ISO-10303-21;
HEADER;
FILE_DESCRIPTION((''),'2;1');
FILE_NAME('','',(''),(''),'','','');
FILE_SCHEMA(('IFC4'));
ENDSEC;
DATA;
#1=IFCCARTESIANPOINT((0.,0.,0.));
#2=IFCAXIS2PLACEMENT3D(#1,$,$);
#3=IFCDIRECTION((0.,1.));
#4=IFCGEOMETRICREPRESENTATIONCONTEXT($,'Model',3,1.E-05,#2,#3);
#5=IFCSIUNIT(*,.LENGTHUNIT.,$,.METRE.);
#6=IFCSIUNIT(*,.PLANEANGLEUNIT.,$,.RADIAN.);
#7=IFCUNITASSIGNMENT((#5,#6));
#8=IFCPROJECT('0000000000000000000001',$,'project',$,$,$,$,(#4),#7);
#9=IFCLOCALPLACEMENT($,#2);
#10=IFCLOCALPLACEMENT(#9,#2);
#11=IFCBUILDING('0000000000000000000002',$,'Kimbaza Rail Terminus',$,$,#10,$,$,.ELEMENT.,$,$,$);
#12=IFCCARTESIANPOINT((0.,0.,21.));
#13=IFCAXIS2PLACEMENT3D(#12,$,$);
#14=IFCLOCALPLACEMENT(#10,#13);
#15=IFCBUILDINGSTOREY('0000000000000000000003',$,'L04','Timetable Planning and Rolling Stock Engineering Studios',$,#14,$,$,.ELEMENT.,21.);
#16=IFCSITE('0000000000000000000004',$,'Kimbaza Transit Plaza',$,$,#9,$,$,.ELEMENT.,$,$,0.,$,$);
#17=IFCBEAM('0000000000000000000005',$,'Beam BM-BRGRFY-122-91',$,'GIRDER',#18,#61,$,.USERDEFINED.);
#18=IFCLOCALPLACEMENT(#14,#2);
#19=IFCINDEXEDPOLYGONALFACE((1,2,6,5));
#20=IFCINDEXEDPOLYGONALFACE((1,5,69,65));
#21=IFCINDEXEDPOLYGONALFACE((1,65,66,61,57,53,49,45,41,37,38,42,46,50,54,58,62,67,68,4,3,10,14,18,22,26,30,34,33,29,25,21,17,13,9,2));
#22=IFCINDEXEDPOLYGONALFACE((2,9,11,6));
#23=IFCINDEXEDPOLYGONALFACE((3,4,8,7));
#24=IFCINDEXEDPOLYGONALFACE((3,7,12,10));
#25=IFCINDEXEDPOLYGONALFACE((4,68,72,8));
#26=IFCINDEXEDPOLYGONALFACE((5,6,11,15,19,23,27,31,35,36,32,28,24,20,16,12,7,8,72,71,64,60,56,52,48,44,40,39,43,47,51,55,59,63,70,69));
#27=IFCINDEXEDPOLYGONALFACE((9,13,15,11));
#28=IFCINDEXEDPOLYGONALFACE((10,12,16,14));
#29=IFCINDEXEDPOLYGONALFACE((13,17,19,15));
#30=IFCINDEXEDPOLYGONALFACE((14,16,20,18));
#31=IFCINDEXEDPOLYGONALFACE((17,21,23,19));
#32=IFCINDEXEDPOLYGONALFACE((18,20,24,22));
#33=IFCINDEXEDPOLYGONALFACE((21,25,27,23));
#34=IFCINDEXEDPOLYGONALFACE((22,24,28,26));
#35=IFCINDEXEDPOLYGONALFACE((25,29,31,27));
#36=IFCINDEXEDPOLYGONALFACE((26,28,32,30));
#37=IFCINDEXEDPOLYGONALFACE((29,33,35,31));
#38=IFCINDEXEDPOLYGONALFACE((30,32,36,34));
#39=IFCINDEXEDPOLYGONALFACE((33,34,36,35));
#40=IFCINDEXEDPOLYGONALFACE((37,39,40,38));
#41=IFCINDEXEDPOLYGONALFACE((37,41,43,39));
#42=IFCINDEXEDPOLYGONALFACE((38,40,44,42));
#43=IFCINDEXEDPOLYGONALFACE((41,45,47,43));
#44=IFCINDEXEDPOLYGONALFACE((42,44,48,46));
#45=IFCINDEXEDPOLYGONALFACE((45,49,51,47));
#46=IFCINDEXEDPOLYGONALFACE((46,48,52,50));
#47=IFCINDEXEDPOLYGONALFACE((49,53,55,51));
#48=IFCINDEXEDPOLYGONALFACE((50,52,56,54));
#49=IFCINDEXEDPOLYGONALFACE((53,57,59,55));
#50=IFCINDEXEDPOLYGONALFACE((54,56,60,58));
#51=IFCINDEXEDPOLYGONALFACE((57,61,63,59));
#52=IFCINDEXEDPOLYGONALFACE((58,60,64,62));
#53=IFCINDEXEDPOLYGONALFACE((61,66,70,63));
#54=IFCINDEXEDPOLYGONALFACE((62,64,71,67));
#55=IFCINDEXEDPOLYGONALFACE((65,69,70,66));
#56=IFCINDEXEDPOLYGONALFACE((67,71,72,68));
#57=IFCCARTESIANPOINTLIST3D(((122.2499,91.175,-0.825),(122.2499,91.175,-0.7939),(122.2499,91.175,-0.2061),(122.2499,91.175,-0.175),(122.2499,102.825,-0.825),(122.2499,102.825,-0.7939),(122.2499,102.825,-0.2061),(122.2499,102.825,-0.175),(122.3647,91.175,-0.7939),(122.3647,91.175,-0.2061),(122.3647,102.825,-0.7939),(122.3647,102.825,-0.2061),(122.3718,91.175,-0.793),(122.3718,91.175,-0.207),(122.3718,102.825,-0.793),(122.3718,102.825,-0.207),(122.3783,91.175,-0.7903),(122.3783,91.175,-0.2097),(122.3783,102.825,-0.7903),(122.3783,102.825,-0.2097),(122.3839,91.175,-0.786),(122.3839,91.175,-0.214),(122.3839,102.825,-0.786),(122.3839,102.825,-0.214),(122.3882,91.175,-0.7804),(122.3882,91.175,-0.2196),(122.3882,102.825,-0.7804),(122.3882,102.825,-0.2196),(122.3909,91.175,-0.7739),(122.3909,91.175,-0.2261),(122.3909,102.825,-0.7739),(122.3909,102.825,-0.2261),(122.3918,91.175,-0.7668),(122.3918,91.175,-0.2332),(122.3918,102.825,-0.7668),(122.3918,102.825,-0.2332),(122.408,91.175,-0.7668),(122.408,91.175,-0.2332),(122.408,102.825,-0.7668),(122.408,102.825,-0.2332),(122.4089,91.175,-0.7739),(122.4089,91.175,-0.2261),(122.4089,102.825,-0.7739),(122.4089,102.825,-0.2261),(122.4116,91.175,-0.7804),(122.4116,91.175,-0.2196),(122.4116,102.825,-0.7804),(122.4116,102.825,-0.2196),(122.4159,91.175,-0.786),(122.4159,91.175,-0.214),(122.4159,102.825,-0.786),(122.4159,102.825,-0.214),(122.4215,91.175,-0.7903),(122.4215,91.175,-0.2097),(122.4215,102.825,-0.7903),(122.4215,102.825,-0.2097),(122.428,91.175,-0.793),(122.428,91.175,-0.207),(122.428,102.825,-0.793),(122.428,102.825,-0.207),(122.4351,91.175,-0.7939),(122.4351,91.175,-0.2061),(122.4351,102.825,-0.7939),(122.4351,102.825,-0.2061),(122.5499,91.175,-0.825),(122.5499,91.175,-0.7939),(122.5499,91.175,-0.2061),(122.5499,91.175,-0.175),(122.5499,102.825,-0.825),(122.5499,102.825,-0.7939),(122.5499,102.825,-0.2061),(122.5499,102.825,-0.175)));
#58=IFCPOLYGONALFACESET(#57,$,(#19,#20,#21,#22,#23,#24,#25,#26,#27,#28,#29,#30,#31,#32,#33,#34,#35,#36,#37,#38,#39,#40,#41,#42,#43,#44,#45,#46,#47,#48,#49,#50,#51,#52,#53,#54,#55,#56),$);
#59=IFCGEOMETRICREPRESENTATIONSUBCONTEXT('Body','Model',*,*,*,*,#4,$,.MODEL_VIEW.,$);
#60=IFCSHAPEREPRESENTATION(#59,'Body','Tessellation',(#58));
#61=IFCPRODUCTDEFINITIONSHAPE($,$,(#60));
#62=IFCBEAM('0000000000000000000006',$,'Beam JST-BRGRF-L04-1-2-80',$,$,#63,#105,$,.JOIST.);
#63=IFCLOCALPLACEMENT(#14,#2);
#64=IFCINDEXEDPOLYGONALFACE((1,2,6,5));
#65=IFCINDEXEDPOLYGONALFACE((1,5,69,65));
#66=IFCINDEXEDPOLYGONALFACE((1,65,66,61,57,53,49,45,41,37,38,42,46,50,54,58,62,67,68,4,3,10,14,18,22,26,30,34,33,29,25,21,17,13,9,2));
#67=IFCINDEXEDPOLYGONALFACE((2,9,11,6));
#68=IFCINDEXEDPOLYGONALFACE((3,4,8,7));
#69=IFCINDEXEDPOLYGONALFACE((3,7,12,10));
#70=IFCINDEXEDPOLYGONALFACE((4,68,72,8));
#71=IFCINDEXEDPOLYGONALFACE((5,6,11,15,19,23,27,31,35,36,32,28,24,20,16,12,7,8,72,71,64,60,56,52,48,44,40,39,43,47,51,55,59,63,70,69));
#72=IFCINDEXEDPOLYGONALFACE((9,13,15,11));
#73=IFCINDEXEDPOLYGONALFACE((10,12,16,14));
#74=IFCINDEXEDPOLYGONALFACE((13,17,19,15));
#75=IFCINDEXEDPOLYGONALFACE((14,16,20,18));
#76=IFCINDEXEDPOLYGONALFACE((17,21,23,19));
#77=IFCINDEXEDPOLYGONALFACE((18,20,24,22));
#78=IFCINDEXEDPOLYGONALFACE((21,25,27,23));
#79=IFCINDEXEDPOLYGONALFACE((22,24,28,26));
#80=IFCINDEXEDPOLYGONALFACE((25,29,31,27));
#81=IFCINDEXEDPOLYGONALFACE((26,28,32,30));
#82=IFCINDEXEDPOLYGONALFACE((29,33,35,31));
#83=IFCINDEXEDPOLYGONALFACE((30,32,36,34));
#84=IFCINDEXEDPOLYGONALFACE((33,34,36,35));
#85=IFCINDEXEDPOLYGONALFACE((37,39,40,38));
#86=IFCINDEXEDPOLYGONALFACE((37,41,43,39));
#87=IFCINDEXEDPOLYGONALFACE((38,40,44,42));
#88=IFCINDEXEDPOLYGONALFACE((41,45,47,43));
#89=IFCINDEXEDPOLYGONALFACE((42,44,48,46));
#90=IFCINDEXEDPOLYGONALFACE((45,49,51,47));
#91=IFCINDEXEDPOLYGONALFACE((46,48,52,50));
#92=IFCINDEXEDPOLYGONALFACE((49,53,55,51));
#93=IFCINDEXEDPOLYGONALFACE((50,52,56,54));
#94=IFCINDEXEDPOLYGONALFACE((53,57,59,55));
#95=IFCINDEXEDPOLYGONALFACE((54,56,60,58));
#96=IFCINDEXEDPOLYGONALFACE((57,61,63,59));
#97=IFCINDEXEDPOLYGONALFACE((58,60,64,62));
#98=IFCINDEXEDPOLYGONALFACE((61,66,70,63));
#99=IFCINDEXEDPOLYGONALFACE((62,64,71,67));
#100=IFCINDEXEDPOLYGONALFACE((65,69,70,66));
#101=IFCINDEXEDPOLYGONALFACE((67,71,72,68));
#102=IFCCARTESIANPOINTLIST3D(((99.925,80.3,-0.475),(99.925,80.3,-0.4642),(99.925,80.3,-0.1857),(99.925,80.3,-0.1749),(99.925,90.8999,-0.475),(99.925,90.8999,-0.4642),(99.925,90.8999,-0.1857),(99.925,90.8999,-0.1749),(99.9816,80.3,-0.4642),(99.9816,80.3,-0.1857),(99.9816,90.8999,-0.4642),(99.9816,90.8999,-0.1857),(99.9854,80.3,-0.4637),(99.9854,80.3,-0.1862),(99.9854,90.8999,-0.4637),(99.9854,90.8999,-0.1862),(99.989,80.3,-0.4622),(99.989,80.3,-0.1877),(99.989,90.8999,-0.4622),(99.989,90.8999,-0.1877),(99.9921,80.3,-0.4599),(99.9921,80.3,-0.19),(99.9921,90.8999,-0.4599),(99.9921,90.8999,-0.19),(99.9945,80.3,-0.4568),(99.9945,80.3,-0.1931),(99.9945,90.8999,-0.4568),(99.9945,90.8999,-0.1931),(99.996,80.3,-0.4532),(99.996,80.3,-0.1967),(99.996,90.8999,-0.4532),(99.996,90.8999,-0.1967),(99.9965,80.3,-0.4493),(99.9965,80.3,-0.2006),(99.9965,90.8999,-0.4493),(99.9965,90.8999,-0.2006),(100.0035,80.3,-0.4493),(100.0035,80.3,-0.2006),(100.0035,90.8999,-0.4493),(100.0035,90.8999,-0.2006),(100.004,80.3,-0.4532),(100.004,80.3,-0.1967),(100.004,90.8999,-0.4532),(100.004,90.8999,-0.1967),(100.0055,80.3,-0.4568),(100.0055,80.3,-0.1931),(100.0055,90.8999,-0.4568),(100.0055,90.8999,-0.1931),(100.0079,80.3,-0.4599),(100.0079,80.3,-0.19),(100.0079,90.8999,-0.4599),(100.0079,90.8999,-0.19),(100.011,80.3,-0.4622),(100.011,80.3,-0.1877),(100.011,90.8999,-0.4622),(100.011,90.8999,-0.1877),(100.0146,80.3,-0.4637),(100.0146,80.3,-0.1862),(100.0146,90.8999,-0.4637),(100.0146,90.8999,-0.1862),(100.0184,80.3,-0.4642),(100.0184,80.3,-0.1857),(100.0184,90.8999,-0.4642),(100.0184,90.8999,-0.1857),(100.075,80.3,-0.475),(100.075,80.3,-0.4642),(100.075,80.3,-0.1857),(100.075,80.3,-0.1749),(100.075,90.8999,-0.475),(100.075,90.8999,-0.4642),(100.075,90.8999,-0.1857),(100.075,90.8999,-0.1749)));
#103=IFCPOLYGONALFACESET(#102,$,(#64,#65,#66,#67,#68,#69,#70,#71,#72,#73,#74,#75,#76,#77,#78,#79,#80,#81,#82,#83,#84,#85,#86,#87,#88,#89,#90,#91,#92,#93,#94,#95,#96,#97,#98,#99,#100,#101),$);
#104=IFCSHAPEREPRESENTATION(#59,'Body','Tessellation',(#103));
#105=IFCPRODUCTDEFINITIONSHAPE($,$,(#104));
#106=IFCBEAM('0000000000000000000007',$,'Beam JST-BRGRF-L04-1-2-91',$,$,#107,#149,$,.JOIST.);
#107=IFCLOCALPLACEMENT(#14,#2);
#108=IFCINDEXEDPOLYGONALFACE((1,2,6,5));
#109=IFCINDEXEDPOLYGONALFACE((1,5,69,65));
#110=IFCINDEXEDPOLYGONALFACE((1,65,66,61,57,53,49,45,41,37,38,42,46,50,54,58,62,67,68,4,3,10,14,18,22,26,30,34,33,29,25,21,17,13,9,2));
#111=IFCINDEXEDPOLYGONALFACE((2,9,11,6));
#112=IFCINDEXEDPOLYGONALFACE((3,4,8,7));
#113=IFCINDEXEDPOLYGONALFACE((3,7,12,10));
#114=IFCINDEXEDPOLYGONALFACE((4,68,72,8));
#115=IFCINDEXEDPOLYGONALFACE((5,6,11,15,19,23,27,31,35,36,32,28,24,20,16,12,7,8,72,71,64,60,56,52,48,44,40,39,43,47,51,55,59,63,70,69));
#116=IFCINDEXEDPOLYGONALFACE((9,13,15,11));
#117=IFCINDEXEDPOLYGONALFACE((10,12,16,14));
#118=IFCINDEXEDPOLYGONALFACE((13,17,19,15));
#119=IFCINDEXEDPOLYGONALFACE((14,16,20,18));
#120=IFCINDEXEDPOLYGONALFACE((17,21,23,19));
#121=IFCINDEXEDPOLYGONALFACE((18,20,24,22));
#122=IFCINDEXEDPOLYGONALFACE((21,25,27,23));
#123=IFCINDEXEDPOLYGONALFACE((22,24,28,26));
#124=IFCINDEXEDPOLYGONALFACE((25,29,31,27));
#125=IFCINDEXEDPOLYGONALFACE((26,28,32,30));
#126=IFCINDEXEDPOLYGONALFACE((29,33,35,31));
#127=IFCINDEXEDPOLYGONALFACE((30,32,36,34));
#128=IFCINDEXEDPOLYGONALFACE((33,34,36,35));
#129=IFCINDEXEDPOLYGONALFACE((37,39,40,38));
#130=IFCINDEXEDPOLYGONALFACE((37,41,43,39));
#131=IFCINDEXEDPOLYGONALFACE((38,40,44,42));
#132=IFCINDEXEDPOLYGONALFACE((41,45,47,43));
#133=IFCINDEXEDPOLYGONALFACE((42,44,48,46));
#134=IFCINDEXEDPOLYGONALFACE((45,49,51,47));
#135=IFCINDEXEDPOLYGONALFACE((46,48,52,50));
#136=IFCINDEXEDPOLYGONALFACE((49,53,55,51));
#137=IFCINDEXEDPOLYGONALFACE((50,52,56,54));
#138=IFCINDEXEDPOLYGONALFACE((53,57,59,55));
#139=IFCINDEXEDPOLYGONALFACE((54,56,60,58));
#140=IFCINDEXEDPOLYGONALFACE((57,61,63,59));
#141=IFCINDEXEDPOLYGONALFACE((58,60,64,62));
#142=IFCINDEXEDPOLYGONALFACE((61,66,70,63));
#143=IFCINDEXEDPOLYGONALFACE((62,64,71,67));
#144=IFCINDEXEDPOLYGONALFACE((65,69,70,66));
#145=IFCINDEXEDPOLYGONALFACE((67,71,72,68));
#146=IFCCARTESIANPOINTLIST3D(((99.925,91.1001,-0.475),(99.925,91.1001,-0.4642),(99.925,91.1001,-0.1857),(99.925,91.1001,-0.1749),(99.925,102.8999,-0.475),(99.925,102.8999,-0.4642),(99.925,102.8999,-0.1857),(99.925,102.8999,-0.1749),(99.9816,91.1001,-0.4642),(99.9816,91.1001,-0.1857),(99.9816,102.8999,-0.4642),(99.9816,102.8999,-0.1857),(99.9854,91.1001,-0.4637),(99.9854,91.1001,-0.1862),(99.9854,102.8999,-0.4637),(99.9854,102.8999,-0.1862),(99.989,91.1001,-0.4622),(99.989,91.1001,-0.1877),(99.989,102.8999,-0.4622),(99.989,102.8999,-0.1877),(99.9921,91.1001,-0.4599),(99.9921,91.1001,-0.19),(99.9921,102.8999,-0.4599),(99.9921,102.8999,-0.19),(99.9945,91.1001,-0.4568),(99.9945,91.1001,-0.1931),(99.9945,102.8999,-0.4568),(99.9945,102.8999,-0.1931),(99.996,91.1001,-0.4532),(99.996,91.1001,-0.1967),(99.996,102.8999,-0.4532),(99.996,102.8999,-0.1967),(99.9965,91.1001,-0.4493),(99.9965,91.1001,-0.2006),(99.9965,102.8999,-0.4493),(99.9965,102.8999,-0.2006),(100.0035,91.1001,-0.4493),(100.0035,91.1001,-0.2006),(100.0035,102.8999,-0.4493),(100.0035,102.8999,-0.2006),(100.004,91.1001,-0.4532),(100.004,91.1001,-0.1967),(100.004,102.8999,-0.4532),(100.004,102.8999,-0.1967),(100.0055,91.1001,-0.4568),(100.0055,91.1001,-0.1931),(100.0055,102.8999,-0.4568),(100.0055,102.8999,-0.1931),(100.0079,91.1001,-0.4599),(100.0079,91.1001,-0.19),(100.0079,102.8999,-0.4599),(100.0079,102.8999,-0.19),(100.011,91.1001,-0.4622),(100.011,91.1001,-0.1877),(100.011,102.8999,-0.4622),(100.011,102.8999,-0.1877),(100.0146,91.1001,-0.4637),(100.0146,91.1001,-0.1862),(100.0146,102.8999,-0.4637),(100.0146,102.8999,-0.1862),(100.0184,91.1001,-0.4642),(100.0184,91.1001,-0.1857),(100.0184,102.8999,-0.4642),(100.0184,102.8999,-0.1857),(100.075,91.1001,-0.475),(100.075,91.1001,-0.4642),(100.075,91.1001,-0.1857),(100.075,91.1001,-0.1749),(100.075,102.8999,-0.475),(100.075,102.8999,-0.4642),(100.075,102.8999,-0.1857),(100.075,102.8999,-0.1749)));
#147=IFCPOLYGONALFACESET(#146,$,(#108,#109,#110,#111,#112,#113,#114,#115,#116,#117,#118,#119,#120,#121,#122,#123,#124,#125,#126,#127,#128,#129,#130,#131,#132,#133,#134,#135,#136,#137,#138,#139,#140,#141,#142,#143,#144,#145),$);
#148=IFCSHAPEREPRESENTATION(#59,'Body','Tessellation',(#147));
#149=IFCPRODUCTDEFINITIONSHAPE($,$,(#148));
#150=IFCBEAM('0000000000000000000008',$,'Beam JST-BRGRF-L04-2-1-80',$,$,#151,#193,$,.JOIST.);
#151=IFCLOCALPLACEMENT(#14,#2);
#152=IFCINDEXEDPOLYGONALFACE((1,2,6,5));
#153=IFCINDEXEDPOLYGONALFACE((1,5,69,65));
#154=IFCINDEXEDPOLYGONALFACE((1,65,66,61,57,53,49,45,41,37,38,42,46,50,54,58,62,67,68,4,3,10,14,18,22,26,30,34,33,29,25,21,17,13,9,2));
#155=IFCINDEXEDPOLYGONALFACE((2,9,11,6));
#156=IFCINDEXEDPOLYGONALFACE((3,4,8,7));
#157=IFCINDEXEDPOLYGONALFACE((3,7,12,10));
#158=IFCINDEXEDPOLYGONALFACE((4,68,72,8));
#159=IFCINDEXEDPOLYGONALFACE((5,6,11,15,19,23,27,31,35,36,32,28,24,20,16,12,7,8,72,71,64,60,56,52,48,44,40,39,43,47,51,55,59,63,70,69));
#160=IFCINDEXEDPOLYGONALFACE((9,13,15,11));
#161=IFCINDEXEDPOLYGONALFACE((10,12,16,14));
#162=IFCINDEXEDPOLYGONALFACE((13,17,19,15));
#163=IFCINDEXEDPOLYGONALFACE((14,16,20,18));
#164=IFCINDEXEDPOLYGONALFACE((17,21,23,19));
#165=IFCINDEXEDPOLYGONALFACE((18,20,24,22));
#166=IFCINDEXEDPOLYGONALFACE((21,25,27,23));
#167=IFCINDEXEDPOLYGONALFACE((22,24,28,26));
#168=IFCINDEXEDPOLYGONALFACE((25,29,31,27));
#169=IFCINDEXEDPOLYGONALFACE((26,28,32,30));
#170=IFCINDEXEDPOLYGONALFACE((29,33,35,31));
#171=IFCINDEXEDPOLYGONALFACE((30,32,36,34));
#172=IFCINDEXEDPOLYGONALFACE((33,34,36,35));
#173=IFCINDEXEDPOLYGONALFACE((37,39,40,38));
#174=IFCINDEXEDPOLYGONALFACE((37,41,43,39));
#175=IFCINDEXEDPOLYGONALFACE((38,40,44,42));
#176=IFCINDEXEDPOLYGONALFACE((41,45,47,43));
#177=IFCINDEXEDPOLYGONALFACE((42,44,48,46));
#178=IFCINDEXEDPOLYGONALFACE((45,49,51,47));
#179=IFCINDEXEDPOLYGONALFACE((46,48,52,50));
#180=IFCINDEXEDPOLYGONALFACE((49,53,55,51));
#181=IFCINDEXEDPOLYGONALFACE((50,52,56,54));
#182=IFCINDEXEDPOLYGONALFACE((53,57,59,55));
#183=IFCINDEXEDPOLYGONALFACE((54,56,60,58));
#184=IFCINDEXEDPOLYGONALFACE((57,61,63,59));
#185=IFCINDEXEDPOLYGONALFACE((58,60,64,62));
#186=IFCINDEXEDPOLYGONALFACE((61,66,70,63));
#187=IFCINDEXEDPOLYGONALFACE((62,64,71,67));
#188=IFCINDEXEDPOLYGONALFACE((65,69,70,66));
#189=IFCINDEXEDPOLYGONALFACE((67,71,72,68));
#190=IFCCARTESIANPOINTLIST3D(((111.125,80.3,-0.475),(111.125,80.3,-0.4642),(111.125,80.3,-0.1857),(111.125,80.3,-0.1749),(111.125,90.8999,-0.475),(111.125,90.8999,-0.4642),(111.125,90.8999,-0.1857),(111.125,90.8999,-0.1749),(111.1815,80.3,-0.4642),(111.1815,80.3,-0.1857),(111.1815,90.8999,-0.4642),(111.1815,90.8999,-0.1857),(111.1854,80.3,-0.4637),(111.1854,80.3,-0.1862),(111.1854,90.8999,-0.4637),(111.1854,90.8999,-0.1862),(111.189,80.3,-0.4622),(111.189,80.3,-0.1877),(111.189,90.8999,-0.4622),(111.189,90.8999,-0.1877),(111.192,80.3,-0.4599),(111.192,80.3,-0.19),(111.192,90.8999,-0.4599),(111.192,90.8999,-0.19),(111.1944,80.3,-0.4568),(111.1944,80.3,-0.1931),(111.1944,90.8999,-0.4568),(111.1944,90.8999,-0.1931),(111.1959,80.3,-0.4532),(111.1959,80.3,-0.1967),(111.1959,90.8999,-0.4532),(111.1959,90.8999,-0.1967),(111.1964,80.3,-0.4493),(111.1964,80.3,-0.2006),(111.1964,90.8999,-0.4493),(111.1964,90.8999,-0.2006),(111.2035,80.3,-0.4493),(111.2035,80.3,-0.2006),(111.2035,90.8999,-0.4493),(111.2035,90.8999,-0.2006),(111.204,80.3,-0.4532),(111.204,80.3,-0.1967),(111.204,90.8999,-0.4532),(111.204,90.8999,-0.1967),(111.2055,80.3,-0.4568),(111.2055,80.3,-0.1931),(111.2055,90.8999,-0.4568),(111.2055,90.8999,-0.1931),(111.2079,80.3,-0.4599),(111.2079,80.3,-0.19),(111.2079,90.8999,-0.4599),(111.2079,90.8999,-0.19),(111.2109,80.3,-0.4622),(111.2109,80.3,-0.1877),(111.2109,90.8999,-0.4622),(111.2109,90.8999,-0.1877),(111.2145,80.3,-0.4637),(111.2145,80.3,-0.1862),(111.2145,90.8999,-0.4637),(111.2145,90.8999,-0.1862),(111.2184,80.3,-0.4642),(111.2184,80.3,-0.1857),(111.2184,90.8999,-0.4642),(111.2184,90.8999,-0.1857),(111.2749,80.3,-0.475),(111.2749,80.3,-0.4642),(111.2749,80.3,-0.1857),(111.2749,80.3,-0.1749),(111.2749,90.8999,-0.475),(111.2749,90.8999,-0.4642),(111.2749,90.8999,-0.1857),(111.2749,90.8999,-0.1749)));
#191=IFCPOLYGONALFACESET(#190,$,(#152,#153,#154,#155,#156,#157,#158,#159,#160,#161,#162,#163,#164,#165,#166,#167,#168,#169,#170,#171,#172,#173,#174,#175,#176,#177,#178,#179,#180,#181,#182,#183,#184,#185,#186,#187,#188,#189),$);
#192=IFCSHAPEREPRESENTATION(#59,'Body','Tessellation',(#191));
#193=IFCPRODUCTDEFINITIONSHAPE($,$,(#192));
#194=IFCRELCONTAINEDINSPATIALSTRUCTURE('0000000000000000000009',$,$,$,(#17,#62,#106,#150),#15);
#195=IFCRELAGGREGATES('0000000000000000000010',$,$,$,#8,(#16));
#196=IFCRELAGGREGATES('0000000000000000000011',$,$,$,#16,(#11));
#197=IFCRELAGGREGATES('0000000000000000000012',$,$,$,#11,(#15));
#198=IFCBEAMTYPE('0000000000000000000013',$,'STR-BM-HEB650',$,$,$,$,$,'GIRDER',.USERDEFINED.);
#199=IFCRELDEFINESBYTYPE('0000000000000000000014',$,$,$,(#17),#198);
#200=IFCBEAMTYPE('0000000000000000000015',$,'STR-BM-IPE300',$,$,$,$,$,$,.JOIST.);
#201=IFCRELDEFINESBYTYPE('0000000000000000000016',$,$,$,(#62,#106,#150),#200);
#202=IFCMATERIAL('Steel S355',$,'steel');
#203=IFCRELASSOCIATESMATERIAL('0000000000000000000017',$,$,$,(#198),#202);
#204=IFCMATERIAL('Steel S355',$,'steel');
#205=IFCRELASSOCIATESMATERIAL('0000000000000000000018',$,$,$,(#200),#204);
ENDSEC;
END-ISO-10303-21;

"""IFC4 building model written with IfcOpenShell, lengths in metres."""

from ifc_helpers import new_model, si_unit, direction, frame, origin, origin_2d, place, context, subcontext, project, spatial, i_section, extrude, material, material_profile, profile_set, type_object, element, save


model = new_model("IFC4")

# Units and contexts
model_context = context("Model", 3, precision=1e-05, world=origin(), true_north=direction((0.0, 1.0)))
body_context = subcontext(model_context, "Body", "Model", "MODEL_VIEW")
ifc_project = project(units=[si_unit("LENGTHUNIT", "METRE"), si_unit("PLANEANGLEUNIT", "RADIAN")], contexts=[model_context])

# Site, building, storey
site_placement = place(None, origin())
site = spatial("IfcSite", under=ifc_project, at=site_placement, Name="Kimbaza Transit Plaza", CompositionType="ELEMENT", RefElevation=0.0)
building_placement = place(site_placement, origin())
building = spatial("IfcBuilding", under=site, at=building_placement, Name="Kimbaza Rail Terminus", CompositionType="ELEMENT")
storey_placement = place(building_placement, frame((0.0, 0.0, 21.0)))
storey = spatial("IfcBuildingStorey", under=building, at=storey_placement, Name="L04", Description="Timetable Planning and Rolling Stock Engineering Studios", CompositionType="ELEMENT", Elevation=21.0)

# Beams
ifc_material_1 = material(Name="Steel S355", Category="steel")
ifc_material_profile_1 = material_profile(ifc_material_1, i_section(OverallWidth=0.3, OverallDepth=0.6499, WebThickness=0.0161, FlangeThickness=0.031, FilletRadius=0.0271, at=origin_2d()), Name="HEB 650")
ifc_profile_set_1 = profile_set([ifc_material_profile_1], Name="Steel S355")
beam_type_1 = type_object("IfcBeamType", Name="STR-BM-HEB650", ElementType="GIRDER", PredefinedType="USERDEFINED", material=ifc_profile_set_1)
beam_1_placement = place(storey_placement, frame((122.3999, 91.175, -0.5), z_axis=(0.0, 1.0, 0.0), x_axis=(-1.0, 0.0, 0.0)))
element("IfcBeam", 1, at=beam_1_placement, inside=storey, type_object=beam_type_1, Name="Beam BM-BRGRFY-122-91", ObjectType="GIRDER", PredefinedType="USERDEFINED", context=body_context, shape_type="SweptSolid", body=[
    extrude(i_section(OverallWidth=0.3, OverallDepth=0.6499, WebThickness=0.0161, FlangeThickness=0.031, FilletRadius=0.0271, at=origin_2d()), origin(), (0.0, 0.0, 1.0), 11.6499),
])
ifc_material_2 = material(Name="Steel S355", Category="steel")
ifc_material_profile_2 = material_profile(ifc_material_2, i_section(OverallWidth=0.1499, OverallDepth=0.3, WebThickness=0.0071, FlangeThickness=0.0107, FilletRadius=0.0149, at=origin_2d()), Name="IPE 300")
ifc_profile_set_2 = profile_set([ifc_material_profile_2], Name="Steel S355")
beam_type_2 = type_object("IfcBeamType", Name="STR-BM-IPE300", PredefinedType="JOIST", material=ifc_profile_set_2)
beam_2_placement = place(storey_placement, frame((100.0, 80.3, -0.325), z_axis=(0.0, 1.0, 0.0), x_axis=(-1.0, 0.0, 0.0)))
element("IfcBeam", 2, at=beam_2_placement, inside=storey, type_object=beam_type_2, Name="Beam JST-BRGRF-L04-1-2-80", PredefinedType="JOIST", context=body_context, shape_type="SweptSolid", body=[
    extrude(i_section(OverallWidth=0.1499, OverallDepth=0.3, WebThickness=0.0071, FlangeThickness=0.0107, FilletRadius=0.0149, at=origin_2d()), origin(), (0.0, 0.0, 1.0), 10.5999),
])
beam_3_placement = place(storey_placement, frame((100.0, 91.1001, -0.325), z_axis=(0.0, 1.0, 0.0), x_axis=(-1.0, 0.0, 0.0)))
element("IfcBeam", 3, at=beam_3_placement, inside=storey, type_object=beam_type_2, Name="Beam JST-BRGRF-L04-1-2-91", PredefinedType="JOIST", context=body_context, shape_type="SweptSolid", body=[
    extrude(i_section(OverallWidth=0.1499, OverallDepth=0.3, WebThickness=0.0071, FlangeThickness=0.0107, FilletRadius=0.0149, at=origin_2d()), origin(), (0.0, 0.0, 1.0), 11.7998),
])
beam_4_placement = place(storey_placement, frame((111.2, 80.3, -0.325), z_axis=(0.0, 1.0, 0.0), x_axis=(-1.0, 0.0, 0.0)))
element("IfcBeam", 4, at=beam_4_placement, inside=storey, type_object=beam_type_2, Name="Beam JST-BRGRF-L04-2-1-80", PredefinedType="JOIST", context=body_context, shape_type="SweptSolid", body=[
    extrude(i_section(OverallWidth=0.1499, OverallDepth=0.3, WebThickness=0.0071, FlangeThickness=0.0107, FilletRadius=0.0149, at=origin_2d()), origin(), (0.0, 0.0, 1.0), 10.5999),
])

save(model, "model.ifc")
